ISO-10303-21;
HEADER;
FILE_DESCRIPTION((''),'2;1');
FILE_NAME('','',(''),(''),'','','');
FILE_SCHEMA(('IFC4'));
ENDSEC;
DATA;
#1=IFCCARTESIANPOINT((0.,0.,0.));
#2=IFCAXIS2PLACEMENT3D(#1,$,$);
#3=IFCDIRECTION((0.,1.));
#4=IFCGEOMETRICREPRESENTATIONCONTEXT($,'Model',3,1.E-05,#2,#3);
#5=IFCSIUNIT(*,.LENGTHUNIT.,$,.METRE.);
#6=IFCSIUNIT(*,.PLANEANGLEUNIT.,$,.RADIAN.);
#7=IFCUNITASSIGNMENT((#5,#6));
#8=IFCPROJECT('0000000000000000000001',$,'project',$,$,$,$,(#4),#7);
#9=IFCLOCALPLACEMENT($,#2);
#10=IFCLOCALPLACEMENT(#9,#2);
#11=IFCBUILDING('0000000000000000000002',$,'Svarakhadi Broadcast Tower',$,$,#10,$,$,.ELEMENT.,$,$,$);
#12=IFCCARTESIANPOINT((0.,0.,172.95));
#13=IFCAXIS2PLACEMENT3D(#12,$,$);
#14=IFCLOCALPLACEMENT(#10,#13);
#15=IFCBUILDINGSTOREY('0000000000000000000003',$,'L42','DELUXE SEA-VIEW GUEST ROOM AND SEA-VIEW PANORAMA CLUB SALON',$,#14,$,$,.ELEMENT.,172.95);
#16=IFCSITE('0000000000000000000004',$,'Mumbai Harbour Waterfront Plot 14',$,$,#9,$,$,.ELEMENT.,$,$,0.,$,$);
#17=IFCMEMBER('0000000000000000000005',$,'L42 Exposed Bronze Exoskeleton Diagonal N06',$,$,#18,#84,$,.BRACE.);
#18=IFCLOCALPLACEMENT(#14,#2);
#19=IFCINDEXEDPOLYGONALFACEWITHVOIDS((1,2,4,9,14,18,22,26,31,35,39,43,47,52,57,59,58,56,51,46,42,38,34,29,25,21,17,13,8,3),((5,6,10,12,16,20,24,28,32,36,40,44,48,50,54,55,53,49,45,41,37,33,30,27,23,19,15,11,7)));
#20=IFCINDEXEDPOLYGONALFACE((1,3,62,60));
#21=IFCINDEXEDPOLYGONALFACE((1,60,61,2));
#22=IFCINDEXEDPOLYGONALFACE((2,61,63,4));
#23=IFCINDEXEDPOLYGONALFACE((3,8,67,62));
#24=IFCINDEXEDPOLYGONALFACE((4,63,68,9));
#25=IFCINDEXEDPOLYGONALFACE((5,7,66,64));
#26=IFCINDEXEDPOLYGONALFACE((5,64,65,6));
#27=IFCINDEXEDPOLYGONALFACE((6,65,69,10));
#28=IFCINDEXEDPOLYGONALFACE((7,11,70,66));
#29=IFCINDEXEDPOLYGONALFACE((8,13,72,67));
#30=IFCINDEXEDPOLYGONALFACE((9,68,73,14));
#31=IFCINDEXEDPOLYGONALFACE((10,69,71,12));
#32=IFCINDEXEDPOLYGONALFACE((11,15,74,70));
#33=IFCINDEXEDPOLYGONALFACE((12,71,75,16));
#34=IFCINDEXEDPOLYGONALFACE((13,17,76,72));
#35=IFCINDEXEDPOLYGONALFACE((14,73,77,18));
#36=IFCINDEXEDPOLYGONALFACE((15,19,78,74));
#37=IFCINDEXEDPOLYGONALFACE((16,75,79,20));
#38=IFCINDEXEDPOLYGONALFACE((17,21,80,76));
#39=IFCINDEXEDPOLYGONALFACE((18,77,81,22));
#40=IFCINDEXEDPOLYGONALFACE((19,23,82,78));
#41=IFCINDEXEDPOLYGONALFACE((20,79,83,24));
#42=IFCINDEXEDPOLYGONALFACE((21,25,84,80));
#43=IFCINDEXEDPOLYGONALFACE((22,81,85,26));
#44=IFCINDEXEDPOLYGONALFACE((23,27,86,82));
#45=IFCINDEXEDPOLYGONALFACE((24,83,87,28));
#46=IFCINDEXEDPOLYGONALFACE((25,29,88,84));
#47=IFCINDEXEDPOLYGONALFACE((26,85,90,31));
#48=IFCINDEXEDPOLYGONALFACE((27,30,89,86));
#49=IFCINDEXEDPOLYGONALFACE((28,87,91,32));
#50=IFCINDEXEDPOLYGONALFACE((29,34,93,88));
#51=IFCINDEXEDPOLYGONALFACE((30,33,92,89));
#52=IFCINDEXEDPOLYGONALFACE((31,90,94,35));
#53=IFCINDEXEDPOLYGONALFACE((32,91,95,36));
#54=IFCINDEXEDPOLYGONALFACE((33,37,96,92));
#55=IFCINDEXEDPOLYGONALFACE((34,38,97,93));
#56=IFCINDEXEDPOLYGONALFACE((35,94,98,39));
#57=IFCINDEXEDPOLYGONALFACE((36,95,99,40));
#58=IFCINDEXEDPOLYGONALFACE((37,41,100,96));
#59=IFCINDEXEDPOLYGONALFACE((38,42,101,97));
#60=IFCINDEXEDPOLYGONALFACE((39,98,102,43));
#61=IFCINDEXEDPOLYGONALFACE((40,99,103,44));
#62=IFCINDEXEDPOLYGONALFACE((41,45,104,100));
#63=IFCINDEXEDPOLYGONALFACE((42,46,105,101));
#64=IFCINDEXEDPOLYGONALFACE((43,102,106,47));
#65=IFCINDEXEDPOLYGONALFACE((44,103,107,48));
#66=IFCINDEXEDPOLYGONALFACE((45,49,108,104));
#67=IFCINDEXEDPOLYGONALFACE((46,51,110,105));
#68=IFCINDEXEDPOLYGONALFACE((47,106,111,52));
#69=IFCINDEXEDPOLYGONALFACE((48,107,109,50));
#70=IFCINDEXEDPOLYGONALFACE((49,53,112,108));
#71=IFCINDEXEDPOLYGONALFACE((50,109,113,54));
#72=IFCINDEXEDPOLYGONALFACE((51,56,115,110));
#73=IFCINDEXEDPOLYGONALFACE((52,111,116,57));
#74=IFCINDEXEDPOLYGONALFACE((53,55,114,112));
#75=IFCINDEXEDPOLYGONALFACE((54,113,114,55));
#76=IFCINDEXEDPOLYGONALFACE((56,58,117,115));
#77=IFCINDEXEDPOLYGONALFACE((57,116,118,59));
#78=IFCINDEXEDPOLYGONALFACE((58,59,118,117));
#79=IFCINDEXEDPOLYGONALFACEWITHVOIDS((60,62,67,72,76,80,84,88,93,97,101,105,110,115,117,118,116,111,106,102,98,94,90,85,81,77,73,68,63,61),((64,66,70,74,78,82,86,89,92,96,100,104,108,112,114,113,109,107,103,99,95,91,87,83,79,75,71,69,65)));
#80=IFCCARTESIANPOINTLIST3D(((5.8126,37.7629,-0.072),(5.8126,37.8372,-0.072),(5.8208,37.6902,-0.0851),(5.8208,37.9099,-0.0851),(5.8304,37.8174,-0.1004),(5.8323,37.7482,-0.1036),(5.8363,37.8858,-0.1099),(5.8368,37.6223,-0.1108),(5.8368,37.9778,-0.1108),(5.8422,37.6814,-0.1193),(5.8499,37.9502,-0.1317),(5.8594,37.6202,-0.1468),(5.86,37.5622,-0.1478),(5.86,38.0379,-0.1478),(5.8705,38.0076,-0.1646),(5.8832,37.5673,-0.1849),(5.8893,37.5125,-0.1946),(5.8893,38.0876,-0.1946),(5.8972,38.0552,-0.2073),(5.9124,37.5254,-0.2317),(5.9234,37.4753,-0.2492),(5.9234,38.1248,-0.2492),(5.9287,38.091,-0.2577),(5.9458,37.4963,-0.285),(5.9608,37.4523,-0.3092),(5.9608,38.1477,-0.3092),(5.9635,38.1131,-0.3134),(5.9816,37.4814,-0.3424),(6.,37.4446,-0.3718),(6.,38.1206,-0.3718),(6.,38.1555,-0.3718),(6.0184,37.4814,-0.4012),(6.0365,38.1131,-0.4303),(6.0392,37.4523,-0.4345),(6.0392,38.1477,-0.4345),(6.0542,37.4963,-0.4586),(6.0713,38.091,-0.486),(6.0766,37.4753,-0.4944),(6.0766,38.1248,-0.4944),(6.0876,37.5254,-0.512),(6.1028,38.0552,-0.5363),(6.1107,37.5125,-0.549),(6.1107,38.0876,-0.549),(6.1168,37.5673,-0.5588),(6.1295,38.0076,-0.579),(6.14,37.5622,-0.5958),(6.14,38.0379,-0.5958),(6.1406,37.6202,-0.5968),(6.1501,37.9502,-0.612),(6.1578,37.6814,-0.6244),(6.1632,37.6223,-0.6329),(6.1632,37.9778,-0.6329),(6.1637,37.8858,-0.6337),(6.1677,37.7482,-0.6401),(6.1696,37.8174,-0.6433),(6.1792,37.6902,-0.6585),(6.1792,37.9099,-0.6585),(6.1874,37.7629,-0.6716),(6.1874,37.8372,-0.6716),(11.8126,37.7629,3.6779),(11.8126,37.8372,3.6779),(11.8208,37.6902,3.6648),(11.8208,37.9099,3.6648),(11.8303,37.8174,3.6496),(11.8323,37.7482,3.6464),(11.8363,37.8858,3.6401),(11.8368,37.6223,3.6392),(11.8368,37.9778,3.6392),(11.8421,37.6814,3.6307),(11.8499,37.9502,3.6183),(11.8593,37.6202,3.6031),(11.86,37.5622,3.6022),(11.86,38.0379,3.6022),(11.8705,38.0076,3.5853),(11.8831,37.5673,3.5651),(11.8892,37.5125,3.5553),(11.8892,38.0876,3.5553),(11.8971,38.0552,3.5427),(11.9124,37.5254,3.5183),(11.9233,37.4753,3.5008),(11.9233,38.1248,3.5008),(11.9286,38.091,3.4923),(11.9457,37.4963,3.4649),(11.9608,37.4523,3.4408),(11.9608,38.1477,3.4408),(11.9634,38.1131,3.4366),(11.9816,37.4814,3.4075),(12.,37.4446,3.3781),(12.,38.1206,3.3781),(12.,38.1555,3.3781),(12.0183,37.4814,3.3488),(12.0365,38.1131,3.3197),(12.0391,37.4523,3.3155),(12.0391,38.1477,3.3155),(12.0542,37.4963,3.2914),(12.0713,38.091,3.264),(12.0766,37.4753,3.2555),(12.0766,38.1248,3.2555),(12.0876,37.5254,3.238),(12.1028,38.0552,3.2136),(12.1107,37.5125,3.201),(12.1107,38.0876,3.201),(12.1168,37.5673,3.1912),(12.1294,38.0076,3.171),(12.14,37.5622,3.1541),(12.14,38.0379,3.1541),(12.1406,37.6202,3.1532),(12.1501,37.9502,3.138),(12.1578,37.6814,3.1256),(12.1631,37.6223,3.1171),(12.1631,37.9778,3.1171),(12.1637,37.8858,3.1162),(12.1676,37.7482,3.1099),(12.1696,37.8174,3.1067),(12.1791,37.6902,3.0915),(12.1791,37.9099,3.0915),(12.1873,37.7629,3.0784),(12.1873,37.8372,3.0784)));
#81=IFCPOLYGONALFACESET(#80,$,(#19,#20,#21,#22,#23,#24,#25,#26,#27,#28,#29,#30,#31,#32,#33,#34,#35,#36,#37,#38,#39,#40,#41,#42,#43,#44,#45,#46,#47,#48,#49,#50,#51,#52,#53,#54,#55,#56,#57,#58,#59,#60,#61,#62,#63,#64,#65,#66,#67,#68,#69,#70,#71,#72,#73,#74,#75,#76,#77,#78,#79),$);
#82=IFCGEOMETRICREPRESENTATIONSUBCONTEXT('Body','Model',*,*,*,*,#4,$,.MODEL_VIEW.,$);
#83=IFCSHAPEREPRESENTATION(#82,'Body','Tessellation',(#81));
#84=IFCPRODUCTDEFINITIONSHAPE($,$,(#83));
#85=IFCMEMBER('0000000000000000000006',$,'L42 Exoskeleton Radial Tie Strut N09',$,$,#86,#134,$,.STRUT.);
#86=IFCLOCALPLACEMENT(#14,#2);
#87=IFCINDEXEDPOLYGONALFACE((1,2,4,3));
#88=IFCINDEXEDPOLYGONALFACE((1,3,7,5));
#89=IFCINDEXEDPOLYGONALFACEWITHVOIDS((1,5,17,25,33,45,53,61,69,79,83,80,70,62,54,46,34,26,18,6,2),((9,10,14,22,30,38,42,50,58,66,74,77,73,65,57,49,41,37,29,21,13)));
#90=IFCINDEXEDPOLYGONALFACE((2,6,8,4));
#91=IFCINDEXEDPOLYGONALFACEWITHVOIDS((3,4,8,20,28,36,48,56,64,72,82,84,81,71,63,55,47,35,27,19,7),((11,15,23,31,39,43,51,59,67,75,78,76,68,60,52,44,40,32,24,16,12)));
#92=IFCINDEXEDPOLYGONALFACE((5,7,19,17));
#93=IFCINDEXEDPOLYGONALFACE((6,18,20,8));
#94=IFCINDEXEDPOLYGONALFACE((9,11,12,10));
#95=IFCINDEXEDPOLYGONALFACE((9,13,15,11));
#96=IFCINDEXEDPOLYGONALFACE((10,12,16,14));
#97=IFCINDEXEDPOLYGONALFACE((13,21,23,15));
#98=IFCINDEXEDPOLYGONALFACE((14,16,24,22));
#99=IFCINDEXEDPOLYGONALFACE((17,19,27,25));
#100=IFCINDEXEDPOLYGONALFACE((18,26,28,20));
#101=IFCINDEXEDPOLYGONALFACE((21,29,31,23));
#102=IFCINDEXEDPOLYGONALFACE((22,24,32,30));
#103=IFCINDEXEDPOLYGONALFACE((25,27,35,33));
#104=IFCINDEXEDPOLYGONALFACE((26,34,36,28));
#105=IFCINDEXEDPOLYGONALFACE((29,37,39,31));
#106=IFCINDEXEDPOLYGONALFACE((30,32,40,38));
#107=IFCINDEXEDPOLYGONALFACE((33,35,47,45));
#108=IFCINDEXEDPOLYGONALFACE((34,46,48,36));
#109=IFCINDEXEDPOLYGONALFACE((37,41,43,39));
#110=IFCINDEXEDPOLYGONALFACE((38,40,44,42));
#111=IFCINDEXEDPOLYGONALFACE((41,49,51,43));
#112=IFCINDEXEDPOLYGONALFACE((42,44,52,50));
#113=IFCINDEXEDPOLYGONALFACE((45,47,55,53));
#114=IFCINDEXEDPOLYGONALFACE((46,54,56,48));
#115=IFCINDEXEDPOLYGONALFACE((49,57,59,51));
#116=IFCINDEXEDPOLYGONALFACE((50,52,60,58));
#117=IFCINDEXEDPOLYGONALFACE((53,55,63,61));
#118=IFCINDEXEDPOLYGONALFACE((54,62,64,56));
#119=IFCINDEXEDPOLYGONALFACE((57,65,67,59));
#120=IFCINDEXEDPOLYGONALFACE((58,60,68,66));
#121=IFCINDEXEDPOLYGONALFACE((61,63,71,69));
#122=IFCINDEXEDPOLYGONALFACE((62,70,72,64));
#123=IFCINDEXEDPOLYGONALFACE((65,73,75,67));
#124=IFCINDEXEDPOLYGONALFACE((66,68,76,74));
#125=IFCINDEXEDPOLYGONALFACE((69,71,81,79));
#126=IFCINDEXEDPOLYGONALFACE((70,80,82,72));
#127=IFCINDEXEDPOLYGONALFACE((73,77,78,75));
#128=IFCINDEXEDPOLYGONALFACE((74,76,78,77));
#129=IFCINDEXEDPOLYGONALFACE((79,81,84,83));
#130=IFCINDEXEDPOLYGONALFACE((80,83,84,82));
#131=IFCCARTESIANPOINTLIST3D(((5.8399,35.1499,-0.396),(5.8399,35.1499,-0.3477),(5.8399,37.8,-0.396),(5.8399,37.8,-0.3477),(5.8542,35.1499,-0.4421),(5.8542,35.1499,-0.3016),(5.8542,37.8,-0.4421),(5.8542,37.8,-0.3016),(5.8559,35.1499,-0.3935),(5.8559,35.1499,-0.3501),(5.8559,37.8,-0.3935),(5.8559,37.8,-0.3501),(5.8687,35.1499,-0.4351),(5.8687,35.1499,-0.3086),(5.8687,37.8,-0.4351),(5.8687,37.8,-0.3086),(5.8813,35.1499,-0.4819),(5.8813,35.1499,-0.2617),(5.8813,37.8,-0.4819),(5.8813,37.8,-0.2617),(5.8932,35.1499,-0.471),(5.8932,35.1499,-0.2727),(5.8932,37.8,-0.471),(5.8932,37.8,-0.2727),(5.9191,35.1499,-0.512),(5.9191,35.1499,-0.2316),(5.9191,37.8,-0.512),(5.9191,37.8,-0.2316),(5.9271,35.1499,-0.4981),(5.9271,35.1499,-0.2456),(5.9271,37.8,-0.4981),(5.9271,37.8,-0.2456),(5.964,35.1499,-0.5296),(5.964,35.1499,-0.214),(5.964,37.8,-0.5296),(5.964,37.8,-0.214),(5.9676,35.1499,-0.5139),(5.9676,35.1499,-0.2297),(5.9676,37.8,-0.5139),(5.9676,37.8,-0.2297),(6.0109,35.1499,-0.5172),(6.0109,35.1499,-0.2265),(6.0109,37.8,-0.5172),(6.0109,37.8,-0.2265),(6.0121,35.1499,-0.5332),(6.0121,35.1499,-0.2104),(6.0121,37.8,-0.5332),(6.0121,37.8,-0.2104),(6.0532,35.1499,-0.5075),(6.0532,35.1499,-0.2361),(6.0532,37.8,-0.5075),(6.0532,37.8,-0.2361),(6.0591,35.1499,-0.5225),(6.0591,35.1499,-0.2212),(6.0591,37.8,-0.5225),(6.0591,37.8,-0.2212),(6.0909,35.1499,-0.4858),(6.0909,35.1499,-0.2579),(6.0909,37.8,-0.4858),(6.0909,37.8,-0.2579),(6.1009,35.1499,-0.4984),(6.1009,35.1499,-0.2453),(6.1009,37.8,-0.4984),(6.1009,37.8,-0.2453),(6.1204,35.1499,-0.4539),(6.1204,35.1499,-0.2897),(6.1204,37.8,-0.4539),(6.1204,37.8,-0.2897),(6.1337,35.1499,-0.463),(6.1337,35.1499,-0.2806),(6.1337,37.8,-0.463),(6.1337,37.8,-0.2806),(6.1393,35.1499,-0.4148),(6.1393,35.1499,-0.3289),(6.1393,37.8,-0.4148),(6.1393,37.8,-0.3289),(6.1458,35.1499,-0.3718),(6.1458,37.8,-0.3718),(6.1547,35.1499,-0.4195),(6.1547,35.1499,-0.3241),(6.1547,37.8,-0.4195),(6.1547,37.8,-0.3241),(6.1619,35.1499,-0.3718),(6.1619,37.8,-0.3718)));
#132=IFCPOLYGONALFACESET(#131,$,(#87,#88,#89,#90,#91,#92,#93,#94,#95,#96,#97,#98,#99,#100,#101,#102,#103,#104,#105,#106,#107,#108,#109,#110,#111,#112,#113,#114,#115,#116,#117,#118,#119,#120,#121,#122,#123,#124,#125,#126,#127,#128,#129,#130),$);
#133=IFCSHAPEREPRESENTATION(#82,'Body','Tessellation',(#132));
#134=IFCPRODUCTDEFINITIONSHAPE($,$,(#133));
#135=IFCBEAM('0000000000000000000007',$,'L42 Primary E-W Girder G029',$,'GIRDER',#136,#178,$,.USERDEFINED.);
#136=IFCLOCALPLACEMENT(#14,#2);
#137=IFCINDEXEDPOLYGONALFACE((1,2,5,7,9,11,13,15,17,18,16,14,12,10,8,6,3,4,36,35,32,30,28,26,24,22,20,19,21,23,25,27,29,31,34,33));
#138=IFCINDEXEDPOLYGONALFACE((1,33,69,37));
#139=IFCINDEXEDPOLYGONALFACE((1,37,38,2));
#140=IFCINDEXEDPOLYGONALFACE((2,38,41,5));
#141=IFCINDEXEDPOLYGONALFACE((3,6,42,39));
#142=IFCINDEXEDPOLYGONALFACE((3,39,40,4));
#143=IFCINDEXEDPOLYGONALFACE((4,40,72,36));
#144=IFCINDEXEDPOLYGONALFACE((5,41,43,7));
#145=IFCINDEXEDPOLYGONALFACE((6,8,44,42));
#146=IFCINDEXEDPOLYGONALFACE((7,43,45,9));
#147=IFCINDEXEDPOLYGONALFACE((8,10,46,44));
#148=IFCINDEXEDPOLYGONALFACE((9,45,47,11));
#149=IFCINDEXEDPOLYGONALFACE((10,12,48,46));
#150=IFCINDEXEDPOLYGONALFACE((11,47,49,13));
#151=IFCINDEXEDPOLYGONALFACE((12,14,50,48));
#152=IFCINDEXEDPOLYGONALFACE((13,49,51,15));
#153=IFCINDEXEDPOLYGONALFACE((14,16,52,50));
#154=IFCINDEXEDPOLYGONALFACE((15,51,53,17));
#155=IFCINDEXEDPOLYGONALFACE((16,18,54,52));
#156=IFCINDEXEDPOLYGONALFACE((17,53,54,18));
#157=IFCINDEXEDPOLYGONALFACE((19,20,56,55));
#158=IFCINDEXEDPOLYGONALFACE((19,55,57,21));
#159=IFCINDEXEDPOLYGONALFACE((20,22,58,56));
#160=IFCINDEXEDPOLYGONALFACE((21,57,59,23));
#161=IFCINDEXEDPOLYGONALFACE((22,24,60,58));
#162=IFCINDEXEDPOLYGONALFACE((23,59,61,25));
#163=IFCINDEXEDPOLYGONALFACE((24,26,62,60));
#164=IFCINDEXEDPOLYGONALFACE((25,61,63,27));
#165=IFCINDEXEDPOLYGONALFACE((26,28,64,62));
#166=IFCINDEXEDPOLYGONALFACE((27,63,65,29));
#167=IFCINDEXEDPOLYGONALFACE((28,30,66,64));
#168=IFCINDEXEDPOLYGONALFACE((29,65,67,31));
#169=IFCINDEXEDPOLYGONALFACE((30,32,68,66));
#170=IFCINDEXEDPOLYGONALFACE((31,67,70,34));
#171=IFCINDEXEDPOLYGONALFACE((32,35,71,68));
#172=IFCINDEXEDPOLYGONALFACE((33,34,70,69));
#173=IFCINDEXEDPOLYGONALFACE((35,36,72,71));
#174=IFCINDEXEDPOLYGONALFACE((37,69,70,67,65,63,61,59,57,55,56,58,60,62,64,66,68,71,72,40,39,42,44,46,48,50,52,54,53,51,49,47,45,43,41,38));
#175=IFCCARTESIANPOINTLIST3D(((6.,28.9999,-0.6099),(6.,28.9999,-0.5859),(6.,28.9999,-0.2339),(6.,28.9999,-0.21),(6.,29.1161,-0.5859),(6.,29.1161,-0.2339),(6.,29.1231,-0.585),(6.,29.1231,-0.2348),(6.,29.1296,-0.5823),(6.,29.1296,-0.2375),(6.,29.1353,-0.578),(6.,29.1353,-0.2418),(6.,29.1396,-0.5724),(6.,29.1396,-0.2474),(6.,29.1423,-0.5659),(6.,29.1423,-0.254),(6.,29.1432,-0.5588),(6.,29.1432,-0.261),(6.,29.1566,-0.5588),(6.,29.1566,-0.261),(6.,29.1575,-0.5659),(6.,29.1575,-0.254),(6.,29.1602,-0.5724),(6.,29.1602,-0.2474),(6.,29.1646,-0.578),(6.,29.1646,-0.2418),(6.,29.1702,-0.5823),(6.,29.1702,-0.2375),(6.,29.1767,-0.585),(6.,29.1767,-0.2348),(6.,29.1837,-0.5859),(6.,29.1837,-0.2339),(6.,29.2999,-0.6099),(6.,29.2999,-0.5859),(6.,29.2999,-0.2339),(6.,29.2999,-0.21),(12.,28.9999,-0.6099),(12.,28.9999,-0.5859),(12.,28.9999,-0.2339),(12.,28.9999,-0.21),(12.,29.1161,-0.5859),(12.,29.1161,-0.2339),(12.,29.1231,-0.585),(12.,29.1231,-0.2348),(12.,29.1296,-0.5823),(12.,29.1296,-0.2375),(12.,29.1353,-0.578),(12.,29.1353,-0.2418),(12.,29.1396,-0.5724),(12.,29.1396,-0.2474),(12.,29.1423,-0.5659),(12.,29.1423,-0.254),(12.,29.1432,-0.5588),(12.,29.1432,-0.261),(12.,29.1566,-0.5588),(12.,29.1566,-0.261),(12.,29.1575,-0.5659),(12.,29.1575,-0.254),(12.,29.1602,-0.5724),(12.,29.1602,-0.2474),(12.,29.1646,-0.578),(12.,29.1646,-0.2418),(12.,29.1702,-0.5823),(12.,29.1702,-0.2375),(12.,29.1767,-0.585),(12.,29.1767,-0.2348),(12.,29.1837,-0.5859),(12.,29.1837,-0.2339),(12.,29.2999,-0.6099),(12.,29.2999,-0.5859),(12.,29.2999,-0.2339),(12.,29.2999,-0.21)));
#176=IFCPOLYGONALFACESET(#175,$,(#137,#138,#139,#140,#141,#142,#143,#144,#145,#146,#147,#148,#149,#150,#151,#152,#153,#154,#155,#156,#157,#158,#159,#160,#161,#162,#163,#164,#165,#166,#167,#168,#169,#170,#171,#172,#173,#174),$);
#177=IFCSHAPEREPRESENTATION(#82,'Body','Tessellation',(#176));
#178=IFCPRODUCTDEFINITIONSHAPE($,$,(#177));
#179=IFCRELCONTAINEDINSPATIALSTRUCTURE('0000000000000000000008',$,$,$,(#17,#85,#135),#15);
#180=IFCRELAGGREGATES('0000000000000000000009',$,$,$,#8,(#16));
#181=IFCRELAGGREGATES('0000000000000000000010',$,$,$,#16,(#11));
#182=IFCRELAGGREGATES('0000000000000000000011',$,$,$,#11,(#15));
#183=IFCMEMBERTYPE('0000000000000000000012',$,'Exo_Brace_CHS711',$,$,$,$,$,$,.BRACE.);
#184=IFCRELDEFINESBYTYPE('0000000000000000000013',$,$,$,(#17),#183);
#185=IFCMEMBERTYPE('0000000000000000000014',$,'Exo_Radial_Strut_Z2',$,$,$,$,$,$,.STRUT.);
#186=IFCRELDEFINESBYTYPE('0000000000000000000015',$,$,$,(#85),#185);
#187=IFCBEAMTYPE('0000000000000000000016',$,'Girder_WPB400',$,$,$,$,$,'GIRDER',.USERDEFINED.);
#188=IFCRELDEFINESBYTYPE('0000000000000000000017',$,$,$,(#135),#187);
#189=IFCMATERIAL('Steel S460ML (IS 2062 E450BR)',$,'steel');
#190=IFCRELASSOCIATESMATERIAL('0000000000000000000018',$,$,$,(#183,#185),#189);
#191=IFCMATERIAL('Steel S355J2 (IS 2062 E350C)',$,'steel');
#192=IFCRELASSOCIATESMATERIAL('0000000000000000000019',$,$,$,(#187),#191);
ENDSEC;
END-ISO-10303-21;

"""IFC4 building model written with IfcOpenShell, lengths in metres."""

from ifc_helpers import new_model, si_unit, direction, frame, origin, origin_2d, place, context, subcontext, project, spatial, hollow_circle, i_section, extrude, material, material_profile, profile_set, type_object, element, save


model = new_model("IFC4")

# Units and contexts
model_context = context("Model", 3, precision=1e-05, world=origin(), true_north=direction((0.0, 1.0)))
body_context = subcontext(model_context, "Body", "Model", "MODEL_VIEW")
ifc_project = project(units=[si_unit("LENGTHUNIT", "METRE"), si_unit("PLANEANGLEUNIT", "RADIAN")], contexts=[model_context])

# Site, building, storey
site_placement = place(None, origin())
site = spatial("IfcSite", under=ifc_project, at=site_placement, Name="Mumbai Harbour Waterfront Plot 14", CompositionType="ELEMENT", RefElevation=0.0)
building_placement = place(site_placement, origin())
building = spatial("IfcBuilding", under=site, at=building_placement, Name="Svarakhadi Broadcast Tower", CompositionType="ELEMENT")
storey_placement = place(building_placement, frame((0.0, 0.0, 172.95)))
storey = spatial("IfcBuildingStorey", under=building, at=storey_placement, Name="L42", Description="DELUXE SEA-VIEW GUEST ROOM AND SEA-VIEW PANORAMA CLUB SALON", CompositionType="ELEMENT", Elevation=172.95)

# Shared definitions
ifc_material_1 = material(Name="Steel S460ML (IS 2062 E450BR)", Category="steel")

# Shared definitions
ifc_material_2 = material(Name="Steel S355J2 (IS 2062 E350C)", Category="steel")

# Members
ifc_material_profile_1 = material_profile(ifc_material_1, hollow_circle(Radius=0.3555, WallThickness=0.0349, at=origin_2d()), Name="CHS 711x35")
ifc_profile_set_1 = profile_set([ifc_material_profile_1], Name="Steel S460ML (IS 2062 E450BR)")
member_type_1 = type_object("IfcMemberType", Name="Exo_Brace_CHS711", PredefinedType="BRACE", material=ifc_profile_set_1)
member_1_placement = place(storey_placement, frame((6.0, 37.8, -0.3718), z_axis=(0.847998, 0.0, 0.529999), x_axis=(0.0, 1.0, 0.0)))
element("IfcMember", 1, at=member_1_placement, inside=storey, type_object=member_type_1, Name="L42 Exposed Bronze Exoskeleton Diagonal N06", PredefinedType="BRACE", context=body_context, shape_type="SweptSolid", body=[
    extrude(hollow_circle(Radius=0.3555, WallThickness=0.0349, at=origin_2d()), origin(), (0.0, 0.0, 1.0), 7.0754),
])
ifc_material_profile_2 = material_profile(ifc_material_1, hollow_circle(Radius=0.1619, WallThickness=0.0161, at=origin_2d()), Name="CHS 323.9x16")
ifc_profile_set_2 = profile_set([ifc_material_profile_2], Name="Steel S460ML (IS 2062 E450BR)")
member_type_2 = type_object("IfcMemberType", Name="Exo_Radial_Strut_Z2", PredefinedType="STRUT", material=ifc_profile_set_2)
member_2_placement = place(storey_placement, frame((6.0, 37.8, -0.3718), z_axis=(0.0, -1.0, 0.0), x_axis=(1.0, 0.0, 0.0)))
element("IfcMember", 2, at=member_2_placement, inside=storey, type_object=member_type_2, Name="L42 Exoskeleton Radial Tie Strut N09", PredefinedType="STRUT", context=body_context, shape_type="SweptSolid", body=[
    extrude(hollow_circle(Radius=0.1619, WallThickness=0.0161, at=origin_2d()), origin(), (0.0, 0.0, 1.0), 2.6501),
])

# Beam
ifc_material_profile_3 = material_profile(ifc_material_2, i_section(OverallWidth=0.3, OverallDepth=0.3999, WebThickness=0.0134, FlangeThickness=0.0239, FilletRadius=0.0271, at=origin_2d()), Name="WPB 400x300x155")
ifc_profile_set_3 = profile_set([ifc_material_profile_3], Name="Steel S355J2 (IS 2062 E350C)")
beam_type_1 = type_object("IfcBeamType", Name="Girder_WPB400", ElementType="GIRDER", PredefinedType="USERDEFINED", material=ifc_profile_set_3)
for number, where, z_axis, x_axis, name in (
    (3, (6.0, 29.1499, -0.4099), (1.0, 0.0, 0.0), (0.0, 1.0, 0.0), "L42 Primary E-W Girder G029"),
):
    element("IfcBeam", number, at=place(storey_placement, frame(where, z_axis=z_axis, x_axis=x_axis)), inside=storey, type_object=beam_type_1, Name=name, ObjectType="GIRDER", PredefinedType="USERDEFINED", context=body_context, shape_type="SweptSolid", body=[
        extrude(i_section(OverallWidth=0.3, OverallDepth=0.3999, WebThickness=0.0134, FlangeThickness=0.0239, FilletRadius=0.0271, at=origin_2d()), origin(), (0.0, 0.0, 1.0), 6.0),
    ])

save(model, "model.ifc")
